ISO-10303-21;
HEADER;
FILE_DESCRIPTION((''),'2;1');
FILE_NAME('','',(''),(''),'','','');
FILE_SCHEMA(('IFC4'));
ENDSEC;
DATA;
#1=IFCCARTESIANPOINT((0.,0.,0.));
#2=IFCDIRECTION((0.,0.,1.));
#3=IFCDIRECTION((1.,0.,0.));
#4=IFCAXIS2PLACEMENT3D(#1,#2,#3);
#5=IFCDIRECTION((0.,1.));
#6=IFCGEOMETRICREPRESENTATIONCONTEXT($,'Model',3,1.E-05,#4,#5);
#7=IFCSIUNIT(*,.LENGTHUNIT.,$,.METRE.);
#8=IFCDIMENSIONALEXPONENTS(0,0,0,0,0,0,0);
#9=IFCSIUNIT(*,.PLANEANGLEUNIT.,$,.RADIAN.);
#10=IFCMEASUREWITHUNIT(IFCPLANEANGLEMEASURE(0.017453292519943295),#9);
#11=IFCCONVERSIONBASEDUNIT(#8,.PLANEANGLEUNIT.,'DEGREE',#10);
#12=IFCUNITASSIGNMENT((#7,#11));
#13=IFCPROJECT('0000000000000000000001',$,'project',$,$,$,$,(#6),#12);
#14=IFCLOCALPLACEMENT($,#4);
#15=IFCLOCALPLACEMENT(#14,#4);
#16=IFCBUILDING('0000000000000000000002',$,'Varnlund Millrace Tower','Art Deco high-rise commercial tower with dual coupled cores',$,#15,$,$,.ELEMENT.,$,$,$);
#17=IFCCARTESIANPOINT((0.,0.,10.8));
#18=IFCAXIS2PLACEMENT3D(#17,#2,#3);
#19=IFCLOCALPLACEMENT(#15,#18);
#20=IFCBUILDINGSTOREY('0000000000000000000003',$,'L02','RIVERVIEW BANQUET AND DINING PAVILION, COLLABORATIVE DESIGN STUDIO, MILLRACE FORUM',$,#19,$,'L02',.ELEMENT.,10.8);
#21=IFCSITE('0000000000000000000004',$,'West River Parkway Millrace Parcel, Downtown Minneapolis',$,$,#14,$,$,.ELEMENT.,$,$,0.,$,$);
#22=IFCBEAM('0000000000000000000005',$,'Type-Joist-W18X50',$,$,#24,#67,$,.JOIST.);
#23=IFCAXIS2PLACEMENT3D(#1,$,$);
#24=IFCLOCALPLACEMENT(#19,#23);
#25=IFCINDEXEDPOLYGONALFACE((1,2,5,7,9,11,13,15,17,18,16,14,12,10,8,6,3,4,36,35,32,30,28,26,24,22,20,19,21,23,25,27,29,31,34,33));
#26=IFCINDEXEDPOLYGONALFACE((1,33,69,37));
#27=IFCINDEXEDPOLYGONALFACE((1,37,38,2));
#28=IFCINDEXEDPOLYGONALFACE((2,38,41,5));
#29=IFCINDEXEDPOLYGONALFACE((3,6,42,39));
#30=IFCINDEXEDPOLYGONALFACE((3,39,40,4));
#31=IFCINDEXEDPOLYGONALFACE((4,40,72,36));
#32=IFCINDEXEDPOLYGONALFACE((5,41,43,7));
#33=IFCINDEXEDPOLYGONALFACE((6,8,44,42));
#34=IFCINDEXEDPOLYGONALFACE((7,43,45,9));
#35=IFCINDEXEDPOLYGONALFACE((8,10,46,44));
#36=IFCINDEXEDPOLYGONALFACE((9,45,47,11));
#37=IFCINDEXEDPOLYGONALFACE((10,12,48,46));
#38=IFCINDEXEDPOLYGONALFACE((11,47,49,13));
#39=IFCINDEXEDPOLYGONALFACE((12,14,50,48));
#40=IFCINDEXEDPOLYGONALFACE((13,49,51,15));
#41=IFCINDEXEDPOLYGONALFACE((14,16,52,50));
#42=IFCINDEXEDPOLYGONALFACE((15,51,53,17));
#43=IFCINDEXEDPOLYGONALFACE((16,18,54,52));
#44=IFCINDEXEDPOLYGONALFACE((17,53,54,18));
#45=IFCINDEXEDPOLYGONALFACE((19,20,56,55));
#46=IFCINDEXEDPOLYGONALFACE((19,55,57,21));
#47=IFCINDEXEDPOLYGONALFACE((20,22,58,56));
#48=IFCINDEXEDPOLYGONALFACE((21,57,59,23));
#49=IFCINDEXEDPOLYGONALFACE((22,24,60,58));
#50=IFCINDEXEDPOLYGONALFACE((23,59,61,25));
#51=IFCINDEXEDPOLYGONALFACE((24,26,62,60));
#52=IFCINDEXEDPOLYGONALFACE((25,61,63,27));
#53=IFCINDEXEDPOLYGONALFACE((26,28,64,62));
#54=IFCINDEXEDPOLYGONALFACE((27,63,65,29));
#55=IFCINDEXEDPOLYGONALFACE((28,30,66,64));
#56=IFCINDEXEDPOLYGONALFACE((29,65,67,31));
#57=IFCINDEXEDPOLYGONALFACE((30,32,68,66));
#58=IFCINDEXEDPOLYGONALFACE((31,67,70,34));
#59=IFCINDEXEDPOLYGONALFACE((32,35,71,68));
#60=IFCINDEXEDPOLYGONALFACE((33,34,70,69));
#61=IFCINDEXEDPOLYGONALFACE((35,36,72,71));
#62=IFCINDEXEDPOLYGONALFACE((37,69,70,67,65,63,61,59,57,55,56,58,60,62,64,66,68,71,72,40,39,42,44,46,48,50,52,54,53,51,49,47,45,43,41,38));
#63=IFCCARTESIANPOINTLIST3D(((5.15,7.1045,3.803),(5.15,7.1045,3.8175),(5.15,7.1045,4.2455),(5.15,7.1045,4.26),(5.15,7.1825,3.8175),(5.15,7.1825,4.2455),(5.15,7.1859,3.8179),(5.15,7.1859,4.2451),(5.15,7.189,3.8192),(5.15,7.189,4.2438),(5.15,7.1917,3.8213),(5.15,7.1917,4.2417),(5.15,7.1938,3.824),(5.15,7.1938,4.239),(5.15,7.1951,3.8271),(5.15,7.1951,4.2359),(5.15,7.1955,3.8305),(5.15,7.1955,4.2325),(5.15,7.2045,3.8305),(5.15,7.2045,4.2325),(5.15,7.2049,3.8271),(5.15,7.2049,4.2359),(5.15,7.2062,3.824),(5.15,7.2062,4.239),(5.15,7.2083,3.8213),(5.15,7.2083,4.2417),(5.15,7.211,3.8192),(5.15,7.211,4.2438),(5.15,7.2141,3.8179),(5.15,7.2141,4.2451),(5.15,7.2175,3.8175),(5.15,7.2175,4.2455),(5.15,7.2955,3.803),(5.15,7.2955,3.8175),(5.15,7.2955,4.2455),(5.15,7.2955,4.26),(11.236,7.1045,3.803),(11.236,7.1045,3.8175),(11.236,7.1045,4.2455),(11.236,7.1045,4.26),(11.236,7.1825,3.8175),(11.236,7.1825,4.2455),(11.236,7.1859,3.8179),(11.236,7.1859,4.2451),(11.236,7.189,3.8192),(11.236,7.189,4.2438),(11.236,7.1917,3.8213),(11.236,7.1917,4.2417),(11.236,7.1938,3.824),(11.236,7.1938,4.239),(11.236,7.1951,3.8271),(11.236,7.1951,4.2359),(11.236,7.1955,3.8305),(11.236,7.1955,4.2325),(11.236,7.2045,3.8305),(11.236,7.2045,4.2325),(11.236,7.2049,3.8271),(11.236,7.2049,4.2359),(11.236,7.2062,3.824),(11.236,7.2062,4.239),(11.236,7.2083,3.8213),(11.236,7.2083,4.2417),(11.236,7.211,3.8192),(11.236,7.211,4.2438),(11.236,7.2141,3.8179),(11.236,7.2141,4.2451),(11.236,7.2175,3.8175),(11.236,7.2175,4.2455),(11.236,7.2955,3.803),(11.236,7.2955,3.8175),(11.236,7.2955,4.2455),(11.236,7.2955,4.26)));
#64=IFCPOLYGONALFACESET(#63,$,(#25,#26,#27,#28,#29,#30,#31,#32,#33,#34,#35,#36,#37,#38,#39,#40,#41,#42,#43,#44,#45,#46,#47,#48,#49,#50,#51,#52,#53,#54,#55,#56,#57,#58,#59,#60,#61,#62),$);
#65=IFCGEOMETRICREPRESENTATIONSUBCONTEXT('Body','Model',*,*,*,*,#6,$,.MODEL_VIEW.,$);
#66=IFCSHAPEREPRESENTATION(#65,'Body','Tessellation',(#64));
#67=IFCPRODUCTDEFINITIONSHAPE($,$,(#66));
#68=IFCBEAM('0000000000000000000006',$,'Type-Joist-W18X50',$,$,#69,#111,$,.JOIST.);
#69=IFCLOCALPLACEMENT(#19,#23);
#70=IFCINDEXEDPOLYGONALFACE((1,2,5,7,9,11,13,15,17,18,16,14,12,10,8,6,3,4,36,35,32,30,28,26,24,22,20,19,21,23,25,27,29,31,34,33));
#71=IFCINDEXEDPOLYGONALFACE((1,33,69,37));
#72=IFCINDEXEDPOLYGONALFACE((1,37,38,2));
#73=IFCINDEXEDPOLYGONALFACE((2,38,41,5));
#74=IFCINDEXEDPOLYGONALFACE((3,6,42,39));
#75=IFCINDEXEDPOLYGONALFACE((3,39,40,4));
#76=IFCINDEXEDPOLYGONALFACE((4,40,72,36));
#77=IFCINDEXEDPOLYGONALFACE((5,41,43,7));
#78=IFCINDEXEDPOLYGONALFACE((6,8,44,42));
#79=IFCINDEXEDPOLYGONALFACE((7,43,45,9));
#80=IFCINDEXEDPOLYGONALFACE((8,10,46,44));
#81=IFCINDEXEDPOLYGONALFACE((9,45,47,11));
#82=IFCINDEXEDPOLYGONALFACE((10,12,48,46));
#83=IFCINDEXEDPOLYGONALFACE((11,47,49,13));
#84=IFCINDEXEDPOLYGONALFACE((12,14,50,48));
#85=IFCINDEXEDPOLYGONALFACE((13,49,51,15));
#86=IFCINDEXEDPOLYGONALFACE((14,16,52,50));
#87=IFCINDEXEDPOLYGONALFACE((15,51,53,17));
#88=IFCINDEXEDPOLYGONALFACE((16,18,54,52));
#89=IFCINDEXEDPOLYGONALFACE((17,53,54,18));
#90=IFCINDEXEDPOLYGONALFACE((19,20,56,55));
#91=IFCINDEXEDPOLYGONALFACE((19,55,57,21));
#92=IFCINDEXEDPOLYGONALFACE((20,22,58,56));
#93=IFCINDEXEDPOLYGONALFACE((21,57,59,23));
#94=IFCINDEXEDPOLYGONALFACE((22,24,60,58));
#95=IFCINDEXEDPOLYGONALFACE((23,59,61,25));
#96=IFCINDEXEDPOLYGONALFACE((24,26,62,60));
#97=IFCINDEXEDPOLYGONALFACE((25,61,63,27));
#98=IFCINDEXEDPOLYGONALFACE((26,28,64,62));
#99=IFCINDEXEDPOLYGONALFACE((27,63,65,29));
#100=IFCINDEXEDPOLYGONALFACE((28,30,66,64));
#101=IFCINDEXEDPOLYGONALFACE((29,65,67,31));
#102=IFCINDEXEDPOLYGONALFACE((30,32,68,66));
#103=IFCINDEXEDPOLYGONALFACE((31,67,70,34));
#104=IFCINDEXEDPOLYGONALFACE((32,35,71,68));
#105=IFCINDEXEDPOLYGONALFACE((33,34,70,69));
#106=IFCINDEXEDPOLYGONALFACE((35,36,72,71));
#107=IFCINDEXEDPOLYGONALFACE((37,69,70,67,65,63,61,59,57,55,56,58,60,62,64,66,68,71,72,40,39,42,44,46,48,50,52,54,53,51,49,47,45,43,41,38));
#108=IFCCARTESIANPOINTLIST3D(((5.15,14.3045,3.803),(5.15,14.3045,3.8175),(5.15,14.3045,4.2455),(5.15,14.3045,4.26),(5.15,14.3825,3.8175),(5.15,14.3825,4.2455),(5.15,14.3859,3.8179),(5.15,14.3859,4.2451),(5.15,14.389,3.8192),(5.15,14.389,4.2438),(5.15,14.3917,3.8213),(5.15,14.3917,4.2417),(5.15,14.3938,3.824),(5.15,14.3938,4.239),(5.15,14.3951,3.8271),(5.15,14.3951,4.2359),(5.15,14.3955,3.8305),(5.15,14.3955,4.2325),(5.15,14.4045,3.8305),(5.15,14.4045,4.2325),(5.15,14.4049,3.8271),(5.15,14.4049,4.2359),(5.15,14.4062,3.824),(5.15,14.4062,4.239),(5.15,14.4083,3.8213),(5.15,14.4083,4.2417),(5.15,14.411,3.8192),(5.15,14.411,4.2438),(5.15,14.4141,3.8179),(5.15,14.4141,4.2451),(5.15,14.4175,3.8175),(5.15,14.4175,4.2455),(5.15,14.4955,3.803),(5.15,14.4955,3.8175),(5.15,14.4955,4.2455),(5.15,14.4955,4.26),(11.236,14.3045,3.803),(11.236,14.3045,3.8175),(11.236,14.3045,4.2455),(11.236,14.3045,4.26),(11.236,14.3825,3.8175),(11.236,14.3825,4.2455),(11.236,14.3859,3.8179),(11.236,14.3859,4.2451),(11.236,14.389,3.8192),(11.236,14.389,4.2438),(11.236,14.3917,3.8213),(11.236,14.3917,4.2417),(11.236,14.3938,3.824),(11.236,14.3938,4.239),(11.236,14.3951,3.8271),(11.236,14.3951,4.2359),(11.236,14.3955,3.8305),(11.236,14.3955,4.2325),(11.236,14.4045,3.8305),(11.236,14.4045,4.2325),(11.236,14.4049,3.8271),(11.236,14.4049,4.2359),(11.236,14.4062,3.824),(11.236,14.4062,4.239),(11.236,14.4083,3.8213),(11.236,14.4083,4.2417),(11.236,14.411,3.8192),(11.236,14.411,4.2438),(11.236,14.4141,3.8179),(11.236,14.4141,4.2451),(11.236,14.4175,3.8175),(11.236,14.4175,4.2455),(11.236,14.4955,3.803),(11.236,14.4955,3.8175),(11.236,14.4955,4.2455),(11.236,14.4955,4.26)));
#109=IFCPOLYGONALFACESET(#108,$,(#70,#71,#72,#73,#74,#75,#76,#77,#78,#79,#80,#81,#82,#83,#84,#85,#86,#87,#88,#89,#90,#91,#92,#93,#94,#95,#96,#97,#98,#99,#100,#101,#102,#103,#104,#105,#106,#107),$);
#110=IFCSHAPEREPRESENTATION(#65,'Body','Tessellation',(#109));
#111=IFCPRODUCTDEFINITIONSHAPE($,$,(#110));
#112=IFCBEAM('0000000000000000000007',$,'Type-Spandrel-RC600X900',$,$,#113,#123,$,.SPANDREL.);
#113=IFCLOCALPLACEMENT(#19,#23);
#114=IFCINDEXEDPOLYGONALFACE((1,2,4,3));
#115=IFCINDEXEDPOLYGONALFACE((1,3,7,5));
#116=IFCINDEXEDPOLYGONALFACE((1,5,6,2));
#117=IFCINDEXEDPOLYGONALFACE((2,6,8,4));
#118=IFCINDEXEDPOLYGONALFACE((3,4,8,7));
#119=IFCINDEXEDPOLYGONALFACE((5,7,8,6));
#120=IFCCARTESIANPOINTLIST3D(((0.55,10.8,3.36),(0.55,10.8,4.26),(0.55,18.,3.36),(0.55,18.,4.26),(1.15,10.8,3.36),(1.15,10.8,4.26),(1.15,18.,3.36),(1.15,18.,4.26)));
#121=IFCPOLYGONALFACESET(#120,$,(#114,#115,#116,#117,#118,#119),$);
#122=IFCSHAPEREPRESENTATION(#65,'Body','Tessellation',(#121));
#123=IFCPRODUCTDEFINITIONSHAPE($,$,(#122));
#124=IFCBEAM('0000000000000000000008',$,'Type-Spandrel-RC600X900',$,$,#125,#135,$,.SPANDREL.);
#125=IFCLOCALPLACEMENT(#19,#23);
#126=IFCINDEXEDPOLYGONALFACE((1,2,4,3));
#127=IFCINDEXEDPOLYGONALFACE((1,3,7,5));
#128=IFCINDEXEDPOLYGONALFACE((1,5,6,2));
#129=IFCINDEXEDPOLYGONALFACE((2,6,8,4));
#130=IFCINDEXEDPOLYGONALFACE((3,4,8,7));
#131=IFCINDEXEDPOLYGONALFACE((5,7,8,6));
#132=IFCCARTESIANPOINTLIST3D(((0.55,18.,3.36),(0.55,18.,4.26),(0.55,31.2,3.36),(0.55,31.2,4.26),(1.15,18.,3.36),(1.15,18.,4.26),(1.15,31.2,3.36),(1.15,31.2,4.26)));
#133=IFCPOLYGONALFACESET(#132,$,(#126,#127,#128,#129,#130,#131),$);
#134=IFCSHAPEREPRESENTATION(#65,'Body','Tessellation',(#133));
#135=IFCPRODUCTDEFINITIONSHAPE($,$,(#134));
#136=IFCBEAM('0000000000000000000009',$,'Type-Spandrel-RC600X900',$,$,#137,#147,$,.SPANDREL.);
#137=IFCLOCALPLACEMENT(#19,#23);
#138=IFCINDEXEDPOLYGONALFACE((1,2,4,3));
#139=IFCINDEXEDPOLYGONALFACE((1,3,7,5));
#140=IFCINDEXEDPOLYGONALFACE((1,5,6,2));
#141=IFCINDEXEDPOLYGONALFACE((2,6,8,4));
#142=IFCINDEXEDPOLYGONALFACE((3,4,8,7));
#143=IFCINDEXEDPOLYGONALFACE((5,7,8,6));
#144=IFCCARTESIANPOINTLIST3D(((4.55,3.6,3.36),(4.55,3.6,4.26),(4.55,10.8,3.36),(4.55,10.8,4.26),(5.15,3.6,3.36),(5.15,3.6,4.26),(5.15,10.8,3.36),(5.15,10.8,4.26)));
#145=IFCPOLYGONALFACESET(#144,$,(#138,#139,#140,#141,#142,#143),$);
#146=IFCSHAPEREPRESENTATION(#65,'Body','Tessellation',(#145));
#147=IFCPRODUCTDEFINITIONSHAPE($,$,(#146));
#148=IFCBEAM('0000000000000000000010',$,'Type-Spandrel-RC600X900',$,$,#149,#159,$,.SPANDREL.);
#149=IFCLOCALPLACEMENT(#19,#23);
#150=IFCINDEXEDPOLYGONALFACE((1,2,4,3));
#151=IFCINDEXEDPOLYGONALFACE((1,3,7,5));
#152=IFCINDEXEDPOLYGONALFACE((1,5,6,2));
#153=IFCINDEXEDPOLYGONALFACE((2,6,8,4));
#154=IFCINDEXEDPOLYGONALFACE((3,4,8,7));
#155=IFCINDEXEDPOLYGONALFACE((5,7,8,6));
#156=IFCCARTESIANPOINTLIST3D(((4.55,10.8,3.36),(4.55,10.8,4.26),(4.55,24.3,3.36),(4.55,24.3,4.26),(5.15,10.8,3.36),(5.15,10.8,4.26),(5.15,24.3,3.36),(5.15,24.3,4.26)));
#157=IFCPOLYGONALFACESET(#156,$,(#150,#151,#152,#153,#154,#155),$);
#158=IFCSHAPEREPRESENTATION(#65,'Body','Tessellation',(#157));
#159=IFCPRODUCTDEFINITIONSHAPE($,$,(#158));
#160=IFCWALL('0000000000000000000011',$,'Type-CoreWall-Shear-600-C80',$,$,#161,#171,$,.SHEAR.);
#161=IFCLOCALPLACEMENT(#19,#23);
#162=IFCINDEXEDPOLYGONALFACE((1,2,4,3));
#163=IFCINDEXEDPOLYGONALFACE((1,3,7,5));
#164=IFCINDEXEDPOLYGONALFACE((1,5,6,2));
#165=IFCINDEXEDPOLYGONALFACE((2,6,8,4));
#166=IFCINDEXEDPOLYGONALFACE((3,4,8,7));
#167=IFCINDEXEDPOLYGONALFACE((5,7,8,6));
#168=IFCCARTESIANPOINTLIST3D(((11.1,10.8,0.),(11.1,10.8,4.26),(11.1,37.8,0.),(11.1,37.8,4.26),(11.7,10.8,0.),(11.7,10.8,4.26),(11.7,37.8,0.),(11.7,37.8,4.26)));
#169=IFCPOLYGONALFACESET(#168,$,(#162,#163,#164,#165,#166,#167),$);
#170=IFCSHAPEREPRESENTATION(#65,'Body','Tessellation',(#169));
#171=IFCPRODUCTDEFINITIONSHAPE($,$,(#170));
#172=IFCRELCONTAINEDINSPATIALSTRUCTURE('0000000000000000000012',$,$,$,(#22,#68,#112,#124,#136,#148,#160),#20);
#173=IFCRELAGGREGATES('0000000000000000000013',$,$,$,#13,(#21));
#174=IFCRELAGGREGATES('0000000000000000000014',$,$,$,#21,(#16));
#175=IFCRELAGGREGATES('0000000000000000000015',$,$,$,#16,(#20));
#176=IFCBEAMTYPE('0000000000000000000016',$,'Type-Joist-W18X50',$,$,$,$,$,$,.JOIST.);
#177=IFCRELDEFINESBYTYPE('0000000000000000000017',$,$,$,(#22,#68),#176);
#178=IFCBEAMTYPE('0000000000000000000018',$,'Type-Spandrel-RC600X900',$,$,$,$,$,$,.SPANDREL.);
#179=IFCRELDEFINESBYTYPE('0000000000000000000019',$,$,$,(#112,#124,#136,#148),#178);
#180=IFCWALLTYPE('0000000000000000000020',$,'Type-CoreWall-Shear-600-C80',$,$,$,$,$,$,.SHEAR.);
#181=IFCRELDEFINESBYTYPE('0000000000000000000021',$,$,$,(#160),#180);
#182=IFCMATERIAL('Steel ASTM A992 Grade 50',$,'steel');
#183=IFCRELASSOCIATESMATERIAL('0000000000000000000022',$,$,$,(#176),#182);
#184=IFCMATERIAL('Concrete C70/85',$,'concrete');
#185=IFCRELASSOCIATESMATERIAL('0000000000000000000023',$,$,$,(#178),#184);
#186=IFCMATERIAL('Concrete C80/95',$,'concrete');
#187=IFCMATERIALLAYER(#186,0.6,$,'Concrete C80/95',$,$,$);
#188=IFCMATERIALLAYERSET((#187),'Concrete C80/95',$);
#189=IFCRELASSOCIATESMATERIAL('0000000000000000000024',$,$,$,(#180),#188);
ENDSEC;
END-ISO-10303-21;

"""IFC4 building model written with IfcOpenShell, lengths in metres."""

from ifc_helpers import new_model, entity, si_unit, converted_unit, direction, frame, origin_with_axes, origin_2d_with_axis, place, context, subcontext, project, spatial, polyline, rectangle, i_section, outline, extrude, material, layer, layer_set, material_profile, profile_set, type_object, element, save


model = new_model("IFC4")

# Units and contexts
model_context = context("Model", 3, precision=1e-05, world=origin_with_axes(), true_north=direction((0.0, 1.0)))
body_context = subcontext(model_context, "Body", "Model", "MODEL_VIEW")
ifc_project = project(units=[si_unit("LENGTHUNIT", "METRE"), converted_unit("PLANEANGLEUNIT", "DEGREE", entity("IfcPlaneAngleMeasure", 0.017453292519943295), si_unit("PLANEANGLEUNIT", "RADIAN"), dimensions=[0, 0, 0, 0, 0, 0, 0])], contexts=[model_context])

# Site, building, storey
site_placement = place(None, origin_with_axes())
site = spatial("IfcSite", under=ifc_project, at=site_placement, Name="West River Parkway Millrace Parcel, Downtown Minneapolis", CompositionType="ELEMENT", RefElevation=0.0)
building_placement = place(site_placement, origin_with_axes())
building = spatial("IfcBuilding", under=site, at=building_placement, Name="Varnlund Millrace Tower", Description="Art Deco high-rise commercial tower with dual coupled cores", CompositionType="ELEMENT")
storey_placement = place(building_placement, frame((0.0, 0.0, 10.8), z_axis=(0.0, 0.0, 1.0), x_axis=(1.0, 0.0, 0.0)))
storey = spatial("IfcBuildingStorey", under=building, at=storey_placement, Name="L02", Description="RIVERVIEW BANQUET AND DINING PAVILION, COLLABORATIVE DESIGN STUDIO, MILLRACE FORUM", LongName="L02", CompositionType="ELEMENT", Elevation=10.8)

# Shared definitions
ifc_material_1 = material(Name="Concrete C80/95", Category="concrete")

# Beams
ifc_material_2 = material(Name="Steel ASTM A992 Grade 50", Category="steel")
ifc_material_profile_1 = material_profile(ifc_material_2, i_section(OverallWidth=0.191, OverallDepth=0.457, WebThickness=0.009, FlangeThickness=0.0145, FilletRadius=0.013, at=origin_2d_with_axis()), Name="Steel ASTM A992 Grade 50")
ifc_profile_set_1 = profile_set([ifc_material_profile_1], Name="Steel ASTM A992 Grade 50")
beam_type_1 = type_object("IfcBeamType", Name="Type-Joist-W18X50", PredefinedType="JOIST", material=ifc_profile_set_1)
for number, where, z_axis, x_axis, name in (
    (1, (5.15, 7.2, 4.0315), (1.0, 0.0, 0.0), (0.0, 1.0, 0.0), "Type-Joist-W18X50"),
    (2, (5.15, 14.4, 4.0315), (1.0, 0.0, 0.0), (0.0, 1.0, 0.0), "Type-Joist-W18X50"),
):
    element("IfcBeam", number, at=place(storey_placement, frame(where, z_axis=z_axis, x_axis=x_axis)), inside=storey, type_object=beam_type_1, Name=name, PredefinedType="JOIST", context=body_context, shape_type="SweptSolid", body=[
        extrude(i_section(OverallWidth=0.191, OverallDepth=0.457, WebThickness=0.009, FlangeThickness=0.0145, FilletRadius=0.013, at=origin_2d_with_axis()), origin_with_axes(), (0.0, 0.0, 1.0), 6.086),
    ])
ifc_material_3 = material(Name="Concrete C70/85", Category="concrete")
ifc_material_profile_2 = material_profile(ifc_material_3, rectangle(XDim=0.6, YDim=0.9, at=origin_2d_with_axis()), Name="Concrete C70/85")
ifc_profile_set_2 = profile_set([ifc_material_profile_2], Name="Concrete C70/85")
beam_type_2 = type_object("IfcBeamType", Name="Type-Spandrel-RC600X900", PredefinedType="SPANDREL", material=ifc_profile_set_2)
beam_1_placement = place(storey_placement, frame((0.85, 10.8, 3.81), z_axis=(0.0, 1.0, 0.0), x_axis=(-1.0, 0.0, 0.0)))
element("IfcBeam", 3, at=beam_1_placement, inside=storey, type_object=beam_type_2, Name="Type-Spandrel-RC600X900", PredefinedType="SPANDREL", context=body_context, shape_type="SweptSolid", body=[
    extrude(rectangle(XDim=0.6, YDim=0.9, at=origin_2d_with_axis()), origin_with_axes(), (0.0, 0.0, 1.0), 7.2),
])
beam_2_placement = place(storey_placement, frame((0.85, 18.0, 3.81), z_axis=(0.0, 1.0, 0.0), x_axis=(-1.0, 0.0, 0.0)))
element("IfcBeam", 4, at=beam_2_placement, inside=storey, type_object=beam_type_2, Name="Type-Spandrel-RC600X900", PredefinedType="SPANDREL", context=body_context, shape_type="SweptSolid", body=[
    extrude(rectangle(XDim=0.6, YDim=0.9, at=origin_2d_with_axis()), origin_with_axes(), (0.0, 0.0, 1.0), 13.2),
])
beam_3_placement = place(storey_placement, frame((4.85, 3.6, 3.81), z_axis=(0.0, 1.0, 0.0), x_axis=(-1.0, 0.0, 0.0)))
element("IfcBeam", 5, at=beam_3_placement, inside=storey, type_object=beam_type_2, Name="Type-Spandrel-RC600X900", PredefinedType="SPANDREL", context=body_context, shape_type="SweptSolid", body=[
    extrude(rectangle(XDim=0.6, YDim=0.9, at=origin_2d_with_axis()), origin_with_axes(), (0.0, 0.0, 1.0), 7.2),
])
beam_4_placement = place(storey_placement, frame((4.85, 10.8, 3.81), z_axis=(0.0, 1.0, 0.0), x_axis=(-1.0, 0.0, 0.0)))
element("IfcBeam", 6, at=beam_4_placement, inside=storey, type_object=beam_type_2, Name="Type-Spandrel-RC600X900", PredefinedType="SPANDREL", context=body_context, shape_type="SweptSolid", body=[
    extrude(rectangle(XDim=0.6, YDim=0.9, at=origin_2d_with_axis()), origin_with_axes(), (0.0, 0.0, 1.0), 13.5),
])

# Wall
ifc_layer_1 = layer(ifc_material_1, 0.6, Name="Concrete C80/95")
ifc_layer_set_1 = layer_set([ifc_layer_1], Name="Concrete C80/95")
wall_type_1 = type_object("IfcWallType", Name="Type-CoreWall-Shear-600-C80", PredefinedType="SHEAR", material=ifc_layer_set_1)
wall_1_placement = place(storey_placement, frame((11.4, 10.8, 0.0), z_axis=(0.0, 0.0, 1.0), x_axis=(0.0, 1.0, 0.0)))
element("IfcWall", 7, at=wall_1_placement, inside=storey, type_object=wall_type_1, Name="Type-CoreWall-Shear-600-C80", PredefinedType="SHEAR", context=body_context, shape_type="SweptSolid", body=[
    extrude(outline(polyline([(0.0, -0.3), (27.0, -0.3), (27.0, 0.3), (0.0, 0.3), (0.0, -0.3)])), origin_with_axes(), (0.0, 0.0, 1.0), 4.26),
])

save(model, "model.ifc")
